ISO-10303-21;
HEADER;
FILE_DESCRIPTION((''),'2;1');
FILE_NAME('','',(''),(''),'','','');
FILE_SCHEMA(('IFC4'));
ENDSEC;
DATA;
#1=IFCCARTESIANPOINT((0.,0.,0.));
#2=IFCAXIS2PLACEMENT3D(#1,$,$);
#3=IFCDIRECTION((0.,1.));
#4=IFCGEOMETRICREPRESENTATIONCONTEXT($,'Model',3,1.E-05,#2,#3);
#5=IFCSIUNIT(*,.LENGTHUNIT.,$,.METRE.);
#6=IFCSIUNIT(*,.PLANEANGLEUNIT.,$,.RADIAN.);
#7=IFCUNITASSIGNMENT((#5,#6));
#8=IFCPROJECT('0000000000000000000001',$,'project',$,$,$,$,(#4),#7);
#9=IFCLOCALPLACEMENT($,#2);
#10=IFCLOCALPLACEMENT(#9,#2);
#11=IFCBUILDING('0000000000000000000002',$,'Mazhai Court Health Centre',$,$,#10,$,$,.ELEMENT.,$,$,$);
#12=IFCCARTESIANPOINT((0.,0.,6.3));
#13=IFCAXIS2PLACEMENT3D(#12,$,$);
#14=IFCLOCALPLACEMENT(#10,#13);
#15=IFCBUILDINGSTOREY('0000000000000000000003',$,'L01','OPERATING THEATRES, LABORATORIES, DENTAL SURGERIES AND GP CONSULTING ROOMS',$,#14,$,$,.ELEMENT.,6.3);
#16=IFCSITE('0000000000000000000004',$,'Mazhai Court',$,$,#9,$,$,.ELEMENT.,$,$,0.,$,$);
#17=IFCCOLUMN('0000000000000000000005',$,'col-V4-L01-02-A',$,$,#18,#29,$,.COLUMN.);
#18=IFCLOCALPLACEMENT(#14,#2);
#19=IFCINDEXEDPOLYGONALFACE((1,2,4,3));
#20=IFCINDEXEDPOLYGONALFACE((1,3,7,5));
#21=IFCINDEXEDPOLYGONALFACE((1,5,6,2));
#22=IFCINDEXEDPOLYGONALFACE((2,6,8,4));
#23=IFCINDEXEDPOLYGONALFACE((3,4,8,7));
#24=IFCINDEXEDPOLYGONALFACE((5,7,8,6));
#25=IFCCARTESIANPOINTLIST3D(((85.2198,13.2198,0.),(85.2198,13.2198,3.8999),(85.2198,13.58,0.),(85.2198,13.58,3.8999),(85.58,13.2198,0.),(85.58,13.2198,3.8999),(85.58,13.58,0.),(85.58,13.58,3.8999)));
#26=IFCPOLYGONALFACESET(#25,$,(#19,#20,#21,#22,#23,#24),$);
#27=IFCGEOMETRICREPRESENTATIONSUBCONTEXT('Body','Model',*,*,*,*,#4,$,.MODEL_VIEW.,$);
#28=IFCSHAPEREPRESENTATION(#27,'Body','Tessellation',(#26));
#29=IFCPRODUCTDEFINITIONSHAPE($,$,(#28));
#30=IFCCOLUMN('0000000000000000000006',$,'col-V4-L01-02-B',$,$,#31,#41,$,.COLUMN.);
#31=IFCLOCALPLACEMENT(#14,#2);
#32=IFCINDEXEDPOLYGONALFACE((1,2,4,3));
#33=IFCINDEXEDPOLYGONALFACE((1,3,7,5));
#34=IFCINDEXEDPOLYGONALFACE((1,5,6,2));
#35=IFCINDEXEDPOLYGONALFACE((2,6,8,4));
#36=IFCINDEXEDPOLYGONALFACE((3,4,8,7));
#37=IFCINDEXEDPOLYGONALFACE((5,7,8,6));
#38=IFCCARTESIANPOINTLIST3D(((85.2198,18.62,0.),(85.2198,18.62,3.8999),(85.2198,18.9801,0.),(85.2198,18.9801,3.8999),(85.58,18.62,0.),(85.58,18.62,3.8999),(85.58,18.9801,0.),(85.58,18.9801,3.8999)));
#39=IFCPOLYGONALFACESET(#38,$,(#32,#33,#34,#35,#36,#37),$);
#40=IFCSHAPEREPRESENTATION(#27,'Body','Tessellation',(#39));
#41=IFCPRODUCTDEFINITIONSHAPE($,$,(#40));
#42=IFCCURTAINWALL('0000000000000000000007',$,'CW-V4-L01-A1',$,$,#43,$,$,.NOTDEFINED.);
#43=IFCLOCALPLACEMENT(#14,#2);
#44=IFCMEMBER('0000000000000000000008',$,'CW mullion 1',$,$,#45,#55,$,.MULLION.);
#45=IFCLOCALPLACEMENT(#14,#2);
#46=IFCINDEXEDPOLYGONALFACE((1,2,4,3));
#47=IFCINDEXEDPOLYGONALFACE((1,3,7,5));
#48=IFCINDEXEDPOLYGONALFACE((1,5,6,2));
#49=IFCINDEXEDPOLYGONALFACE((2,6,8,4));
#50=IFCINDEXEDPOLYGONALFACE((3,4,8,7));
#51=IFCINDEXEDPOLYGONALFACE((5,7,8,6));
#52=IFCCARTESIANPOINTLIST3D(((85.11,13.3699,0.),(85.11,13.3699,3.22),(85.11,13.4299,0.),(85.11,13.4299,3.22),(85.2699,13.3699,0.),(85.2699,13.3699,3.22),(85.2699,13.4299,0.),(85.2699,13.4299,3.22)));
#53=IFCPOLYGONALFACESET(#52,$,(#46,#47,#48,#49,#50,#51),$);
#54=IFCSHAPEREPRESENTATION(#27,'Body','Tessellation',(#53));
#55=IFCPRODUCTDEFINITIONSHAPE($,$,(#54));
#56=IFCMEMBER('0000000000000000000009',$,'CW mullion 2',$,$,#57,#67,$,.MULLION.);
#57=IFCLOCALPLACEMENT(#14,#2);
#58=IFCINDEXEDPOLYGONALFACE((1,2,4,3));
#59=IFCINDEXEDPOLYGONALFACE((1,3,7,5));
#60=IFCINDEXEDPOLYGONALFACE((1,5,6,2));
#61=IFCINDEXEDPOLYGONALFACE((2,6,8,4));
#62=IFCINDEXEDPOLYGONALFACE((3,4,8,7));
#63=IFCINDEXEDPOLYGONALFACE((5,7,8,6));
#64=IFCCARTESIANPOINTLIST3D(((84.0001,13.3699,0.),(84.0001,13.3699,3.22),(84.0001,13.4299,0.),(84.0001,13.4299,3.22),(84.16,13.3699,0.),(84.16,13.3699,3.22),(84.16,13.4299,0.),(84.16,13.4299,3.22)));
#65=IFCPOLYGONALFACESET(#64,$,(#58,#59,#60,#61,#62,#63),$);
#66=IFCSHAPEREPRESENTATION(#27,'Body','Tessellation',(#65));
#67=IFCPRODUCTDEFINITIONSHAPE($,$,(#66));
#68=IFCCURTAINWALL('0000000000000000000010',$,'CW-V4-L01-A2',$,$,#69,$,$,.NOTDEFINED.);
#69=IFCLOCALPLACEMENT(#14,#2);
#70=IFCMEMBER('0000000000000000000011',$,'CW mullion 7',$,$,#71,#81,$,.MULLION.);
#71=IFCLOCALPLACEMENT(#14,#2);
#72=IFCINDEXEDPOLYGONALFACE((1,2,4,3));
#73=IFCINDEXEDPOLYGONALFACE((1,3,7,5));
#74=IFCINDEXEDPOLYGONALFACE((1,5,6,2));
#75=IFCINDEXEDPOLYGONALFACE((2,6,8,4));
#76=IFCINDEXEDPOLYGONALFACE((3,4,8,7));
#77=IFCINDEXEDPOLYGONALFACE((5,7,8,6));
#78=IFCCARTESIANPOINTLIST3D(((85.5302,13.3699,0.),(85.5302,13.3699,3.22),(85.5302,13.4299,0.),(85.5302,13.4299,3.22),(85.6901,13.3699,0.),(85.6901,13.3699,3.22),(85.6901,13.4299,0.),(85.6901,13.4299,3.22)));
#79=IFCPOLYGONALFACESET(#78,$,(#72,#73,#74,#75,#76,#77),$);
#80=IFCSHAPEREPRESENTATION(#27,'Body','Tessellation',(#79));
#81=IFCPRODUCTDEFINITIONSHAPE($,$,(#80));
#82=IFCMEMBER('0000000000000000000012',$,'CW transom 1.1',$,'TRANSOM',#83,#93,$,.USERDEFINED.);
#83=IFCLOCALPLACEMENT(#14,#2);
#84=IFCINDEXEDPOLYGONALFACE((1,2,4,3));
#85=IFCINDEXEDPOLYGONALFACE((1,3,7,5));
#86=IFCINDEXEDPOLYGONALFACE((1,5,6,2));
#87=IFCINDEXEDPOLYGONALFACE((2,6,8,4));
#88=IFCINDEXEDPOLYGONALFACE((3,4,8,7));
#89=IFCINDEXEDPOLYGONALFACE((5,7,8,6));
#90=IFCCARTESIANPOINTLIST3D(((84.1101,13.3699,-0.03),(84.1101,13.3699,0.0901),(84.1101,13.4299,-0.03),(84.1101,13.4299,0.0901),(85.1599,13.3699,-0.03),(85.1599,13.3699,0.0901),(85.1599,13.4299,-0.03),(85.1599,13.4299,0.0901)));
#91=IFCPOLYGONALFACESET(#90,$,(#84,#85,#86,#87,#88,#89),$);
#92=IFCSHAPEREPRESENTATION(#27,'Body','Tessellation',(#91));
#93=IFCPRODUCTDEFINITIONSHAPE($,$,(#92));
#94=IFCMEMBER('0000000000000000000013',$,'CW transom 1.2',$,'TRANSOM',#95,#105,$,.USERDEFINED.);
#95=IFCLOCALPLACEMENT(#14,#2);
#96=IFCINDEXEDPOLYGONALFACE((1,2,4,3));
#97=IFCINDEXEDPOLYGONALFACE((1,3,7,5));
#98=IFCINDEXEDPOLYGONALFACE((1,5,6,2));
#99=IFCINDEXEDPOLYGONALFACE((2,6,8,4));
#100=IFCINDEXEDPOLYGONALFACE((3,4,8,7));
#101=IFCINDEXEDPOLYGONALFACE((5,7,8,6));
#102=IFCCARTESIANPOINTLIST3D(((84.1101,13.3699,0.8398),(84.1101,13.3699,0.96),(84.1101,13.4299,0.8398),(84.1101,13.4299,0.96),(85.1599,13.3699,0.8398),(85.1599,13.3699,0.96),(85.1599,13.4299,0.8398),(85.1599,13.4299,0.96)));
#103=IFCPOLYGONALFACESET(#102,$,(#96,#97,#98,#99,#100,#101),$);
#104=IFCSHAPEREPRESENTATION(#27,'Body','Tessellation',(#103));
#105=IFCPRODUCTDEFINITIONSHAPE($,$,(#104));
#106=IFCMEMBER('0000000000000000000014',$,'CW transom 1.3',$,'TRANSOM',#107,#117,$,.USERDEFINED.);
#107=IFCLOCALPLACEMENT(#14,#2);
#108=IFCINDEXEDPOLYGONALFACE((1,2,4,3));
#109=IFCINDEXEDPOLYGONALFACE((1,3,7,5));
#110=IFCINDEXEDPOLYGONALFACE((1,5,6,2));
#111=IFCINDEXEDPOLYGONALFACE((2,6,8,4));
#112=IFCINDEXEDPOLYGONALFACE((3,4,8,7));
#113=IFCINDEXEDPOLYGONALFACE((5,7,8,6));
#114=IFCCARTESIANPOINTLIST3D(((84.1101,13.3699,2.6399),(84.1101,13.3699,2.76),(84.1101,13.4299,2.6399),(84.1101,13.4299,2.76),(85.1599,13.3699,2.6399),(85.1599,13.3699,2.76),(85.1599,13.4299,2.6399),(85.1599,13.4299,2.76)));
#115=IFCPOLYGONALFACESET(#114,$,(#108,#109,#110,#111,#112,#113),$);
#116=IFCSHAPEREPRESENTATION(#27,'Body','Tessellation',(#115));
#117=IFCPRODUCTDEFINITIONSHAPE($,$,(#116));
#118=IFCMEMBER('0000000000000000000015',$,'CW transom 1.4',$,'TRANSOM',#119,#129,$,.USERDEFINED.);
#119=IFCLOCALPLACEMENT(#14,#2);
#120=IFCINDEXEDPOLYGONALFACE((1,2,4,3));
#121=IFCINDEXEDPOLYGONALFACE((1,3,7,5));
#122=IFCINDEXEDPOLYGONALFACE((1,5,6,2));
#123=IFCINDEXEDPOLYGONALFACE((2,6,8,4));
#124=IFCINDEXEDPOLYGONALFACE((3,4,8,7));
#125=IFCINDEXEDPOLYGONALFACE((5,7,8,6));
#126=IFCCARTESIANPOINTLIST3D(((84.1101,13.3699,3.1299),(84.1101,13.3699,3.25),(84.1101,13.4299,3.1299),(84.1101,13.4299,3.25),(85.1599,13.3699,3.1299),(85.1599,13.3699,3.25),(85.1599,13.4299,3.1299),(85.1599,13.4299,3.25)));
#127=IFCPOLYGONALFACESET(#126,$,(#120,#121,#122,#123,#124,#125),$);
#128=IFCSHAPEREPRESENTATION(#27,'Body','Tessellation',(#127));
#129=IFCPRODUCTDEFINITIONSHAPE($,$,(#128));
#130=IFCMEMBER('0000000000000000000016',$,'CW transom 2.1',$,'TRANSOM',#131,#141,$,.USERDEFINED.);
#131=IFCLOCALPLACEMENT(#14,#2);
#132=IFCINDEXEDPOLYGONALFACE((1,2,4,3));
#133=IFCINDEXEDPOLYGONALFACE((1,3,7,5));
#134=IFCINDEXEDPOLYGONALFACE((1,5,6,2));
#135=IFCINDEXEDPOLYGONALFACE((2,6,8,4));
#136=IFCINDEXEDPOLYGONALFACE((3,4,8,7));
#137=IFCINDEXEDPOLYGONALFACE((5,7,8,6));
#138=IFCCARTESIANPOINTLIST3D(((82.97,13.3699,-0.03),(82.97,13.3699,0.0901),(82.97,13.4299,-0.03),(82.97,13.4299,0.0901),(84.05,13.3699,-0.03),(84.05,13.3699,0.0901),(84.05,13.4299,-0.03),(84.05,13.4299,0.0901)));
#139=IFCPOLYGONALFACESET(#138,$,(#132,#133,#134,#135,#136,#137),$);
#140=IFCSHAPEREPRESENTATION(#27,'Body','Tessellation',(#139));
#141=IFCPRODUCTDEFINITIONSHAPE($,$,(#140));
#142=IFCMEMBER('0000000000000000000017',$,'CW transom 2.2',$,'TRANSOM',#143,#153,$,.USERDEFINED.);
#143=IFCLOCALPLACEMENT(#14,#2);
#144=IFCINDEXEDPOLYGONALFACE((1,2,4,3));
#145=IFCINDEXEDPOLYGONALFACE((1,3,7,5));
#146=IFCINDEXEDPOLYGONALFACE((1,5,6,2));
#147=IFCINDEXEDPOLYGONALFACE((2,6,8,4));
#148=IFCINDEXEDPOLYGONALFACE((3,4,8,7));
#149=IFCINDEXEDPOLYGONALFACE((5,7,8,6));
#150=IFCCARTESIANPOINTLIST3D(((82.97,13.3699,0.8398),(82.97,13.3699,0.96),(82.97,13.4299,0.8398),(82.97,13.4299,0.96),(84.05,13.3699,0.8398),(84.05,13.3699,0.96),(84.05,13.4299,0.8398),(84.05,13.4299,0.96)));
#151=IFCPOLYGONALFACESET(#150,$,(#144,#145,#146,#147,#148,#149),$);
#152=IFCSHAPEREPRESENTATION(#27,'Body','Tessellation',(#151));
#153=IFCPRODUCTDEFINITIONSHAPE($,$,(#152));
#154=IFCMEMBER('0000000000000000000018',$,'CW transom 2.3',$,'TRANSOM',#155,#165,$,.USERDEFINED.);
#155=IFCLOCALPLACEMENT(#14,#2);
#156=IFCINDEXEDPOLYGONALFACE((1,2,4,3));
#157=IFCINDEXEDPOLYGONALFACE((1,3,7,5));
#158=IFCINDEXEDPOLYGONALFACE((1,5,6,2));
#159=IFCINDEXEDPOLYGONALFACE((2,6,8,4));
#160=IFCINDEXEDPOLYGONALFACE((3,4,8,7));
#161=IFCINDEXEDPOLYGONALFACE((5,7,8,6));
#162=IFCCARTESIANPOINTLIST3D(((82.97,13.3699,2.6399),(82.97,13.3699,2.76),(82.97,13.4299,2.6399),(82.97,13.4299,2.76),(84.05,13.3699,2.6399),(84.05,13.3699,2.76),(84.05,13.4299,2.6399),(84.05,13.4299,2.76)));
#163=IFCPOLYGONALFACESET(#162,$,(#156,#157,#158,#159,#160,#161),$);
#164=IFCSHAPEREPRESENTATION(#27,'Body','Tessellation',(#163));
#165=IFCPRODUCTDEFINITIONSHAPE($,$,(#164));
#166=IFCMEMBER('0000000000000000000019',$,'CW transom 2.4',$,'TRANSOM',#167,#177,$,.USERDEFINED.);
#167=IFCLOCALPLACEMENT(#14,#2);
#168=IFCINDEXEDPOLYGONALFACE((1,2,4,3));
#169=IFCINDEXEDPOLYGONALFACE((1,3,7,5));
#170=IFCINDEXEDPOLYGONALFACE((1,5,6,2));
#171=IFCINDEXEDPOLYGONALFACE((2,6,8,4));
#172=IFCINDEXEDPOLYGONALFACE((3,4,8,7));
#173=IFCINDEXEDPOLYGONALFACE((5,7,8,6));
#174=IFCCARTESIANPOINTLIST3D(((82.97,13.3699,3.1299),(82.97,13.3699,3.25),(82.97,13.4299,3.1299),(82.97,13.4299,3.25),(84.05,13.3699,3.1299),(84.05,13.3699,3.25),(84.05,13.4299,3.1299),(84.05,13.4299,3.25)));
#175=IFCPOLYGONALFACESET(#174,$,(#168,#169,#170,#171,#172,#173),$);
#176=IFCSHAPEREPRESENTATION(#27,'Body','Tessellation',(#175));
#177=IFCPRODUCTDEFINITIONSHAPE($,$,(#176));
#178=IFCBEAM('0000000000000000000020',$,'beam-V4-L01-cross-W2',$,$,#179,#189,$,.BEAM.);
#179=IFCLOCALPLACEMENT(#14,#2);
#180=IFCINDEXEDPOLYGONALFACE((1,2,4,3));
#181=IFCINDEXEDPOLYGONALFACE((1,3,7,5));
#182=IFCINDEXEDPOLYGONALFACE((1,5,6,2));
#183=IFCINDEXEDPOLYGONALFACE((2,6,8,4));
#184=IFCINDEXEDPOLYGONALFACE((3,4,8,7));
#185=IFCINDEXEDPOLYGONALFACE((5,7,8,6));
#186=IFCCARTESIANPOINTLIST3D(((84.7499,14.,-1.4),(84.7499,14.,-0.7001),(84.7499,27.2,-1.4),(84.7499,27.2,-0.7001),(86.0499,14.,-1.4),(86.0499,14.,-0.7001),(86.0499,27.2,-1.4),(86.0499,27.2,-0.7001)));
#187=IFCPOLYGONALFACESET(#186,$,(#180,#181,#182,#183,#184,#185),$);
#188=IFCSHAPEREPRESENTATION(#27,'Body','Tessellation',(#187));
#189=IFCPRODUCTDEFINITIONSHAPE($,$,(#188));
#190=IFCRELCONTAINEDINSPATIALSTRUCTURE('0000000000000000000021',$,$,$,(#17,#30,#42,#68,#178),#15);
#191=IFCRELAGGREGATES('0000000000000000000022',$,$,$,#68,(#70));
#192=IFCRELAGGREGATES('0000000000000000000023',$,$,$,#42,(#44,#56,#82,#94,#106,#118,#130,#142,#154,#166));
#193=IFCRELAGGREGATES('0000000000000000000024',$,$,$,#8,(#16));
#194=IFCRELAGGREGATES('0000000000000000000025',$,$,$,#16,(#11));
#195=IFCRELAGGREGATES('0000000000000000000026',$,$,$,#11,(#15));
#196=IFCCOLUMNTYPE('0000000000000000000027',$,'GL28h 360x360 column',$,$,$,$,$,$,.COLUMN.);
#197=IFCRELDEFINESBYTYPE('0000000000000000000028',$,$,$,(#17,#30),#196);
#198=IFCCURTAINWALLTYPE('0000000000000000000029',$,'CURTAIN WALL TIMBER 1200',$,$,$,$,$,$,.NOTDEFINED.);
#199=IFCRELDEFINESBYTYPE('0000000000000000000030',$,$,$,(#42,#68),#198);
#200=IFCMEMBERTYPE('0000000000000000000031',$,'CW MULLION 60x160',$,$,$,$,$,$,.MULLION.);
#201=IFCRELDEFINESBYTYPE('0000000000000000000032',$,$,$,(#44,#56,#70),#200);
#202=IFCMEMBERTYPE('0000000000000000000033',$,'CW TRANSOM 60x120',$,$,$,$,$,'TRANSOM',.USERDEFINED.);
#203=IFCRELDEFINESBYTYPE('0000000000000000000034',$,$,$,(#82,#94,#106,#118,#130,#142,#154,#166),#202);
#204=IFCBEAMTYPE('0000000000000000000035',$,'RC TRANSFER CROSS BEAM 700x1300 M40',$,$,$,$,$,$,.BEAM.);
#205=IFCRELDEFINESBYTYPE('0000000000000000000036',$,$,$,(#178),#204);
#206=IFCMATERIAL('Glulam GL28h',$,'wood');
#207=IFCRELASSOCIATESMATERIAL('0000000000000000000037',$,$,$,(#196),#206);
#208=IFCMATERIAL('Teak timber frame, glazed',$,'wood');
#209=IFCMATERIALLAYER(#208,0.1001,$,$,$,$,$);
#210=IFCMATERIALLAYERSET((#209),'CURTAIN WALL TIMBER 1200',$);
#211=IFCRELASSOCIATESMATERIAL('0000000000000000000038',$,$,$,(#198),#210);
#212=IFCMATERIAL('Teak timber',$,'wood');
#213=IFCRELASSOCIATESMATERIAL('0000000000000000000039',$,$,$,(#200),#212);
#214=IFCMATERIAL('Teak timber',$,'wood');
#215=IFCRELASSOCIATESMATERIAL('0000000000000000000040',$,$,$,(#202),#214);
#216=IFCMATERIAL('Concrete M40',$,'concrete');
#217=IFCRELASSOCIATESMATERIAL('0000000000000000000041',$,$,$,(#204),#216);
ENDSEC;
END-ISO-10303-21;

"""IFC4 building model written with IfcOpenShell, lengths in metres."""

from ifc_helpers import new_model, si_unit, direction, frame, origin, origin_2d, place, context, subcontext, project, spatial, rectangle, extrude, material, layer, layer_set, material_profile, profile_set, type_object, element, aggregate, save


model = new_model("IFC4")

# Units and contexts
model_context = context("Model", 3, precision=1e-05, world=origin(), true_north=direction((0.0, 1.0)))
body_context = subcontext(model_context, "Body", "Model", "MODEL_VIEW")
ifc_project = project(units=[si_unit("LENGTHUNIT", "METRE"), si_unit("PLANEANGLEUNIT", "RADIAN")], contexts=[model_context])

# Site, building, storey
site_placement = place(None, origin())
site = spatial("IfcSite", under=ifc_project, at=site_placement, Name="Mazhai Court", CompositionType="ELEMENT", RefElevation=0.0)
building_placement = place(site_placement, origin())
building = spatial("IfcBuilding", under=site, at=building_placement, Name="Mazhai Court Health Centre", CompositionType="ELEMENT")
storey_placement = place(building_placement, frame((0.0, 0.0, 6.3)))
storey = spatial("IfcBuildingStorey", under=building, at=storey_placement, Name="L01", Description="OPERATING THEATRES, LABORATORIES, DENTAL SURGERIES AND GP CONSULTING ROOMS", CompositionType="ELEMENT", Elevation=6.3)

# Columns
ifc_material_1 = material(Name="Glulam GL28h", Category="wood")
ifc_material_profile_1 = material_profile(ifc_material_1, rectangle(XDim=0.3601, YDim=0.3601, at=origin_2d()), Name="GL28h 360x360")
ifc_profile_set_1 = profile_set([ifc_material_profile_1], Name="Glulam GL28h")
column_type = type_object("IfcColumnType", Name="GL28h 360x360 column", PredefinedType="COLUMN", material=ifc_profile_set_1)
for number, where, z_axis, x_axis, name in (
    (1, (85.3999, 13.3999, 0.0), (0.0, 0.0, 1.0), (1.0, 0.0, 0.0), "col-V4-L01-02-A"),
    (2, (85.3999, 18.8, 0.0), (0.0, 0.0, 1.0), (1.0, 0.0, 0.0), "col-V4-L01-02-B"),
):
    element("IfcColumn", number, at=place(storey_placement, frame(where, z_axis=z_axis, x_axis=x_axis)), inside=storey, type_object=column_type, Name=name, PredefinedType="COLUMN", context=body_context, shape_type="SweptSolid", body=[
        extrude(rectangle(XDim=0.3601, YDim=0.3601, at=origin_2d()), origin(), (0.0, 0.0, 1.0), 3.8999),
    ])

# Curtain wall, members
ifc_material_2 = material(Name="Teak timber frame, glazed", Category="wood")
ifc_layer_1 = layer(ifc_material_2, 0.1001)
ifc_layer_set_1 = layer_set([ifc_layer_1], Name="CURTAIN WALL TIMBER 1200")
curtain_wall_type = type_object("IfcCurtainWallType", Name="CURTAIN WALL TIMBER 1200", PredefinedType="NOTDEFINED", material=ifc_layer_set_1)
curtain_wall_1_placement = place(storey_placement, origin())
curtain_wall_1 = element("IfcCurtainWall", 3, at=curtain_wall_1_placement, inside=storey, type_object=curtain_wall_type, Name="CW-V4-L01-A1", PredefinedType="NOTDEFINED")
ifc_material_3 = material(Name="Teak timber", Category="wood")
ifc_material_profile_2 = material_profile(ifc_material_3, rectangle(XDim=0.0601, YDim=0.1599, at=origin_2d()), Name="CW MULLION 60x160")
ifc_profile_set_2 = profile_set([ifc_material_profile_2], Name="Teak timber")
member_type_1 = type_object("IfcMemberType", Name="CW MULLION 60x160", PredefinedType="MULLION", material=ifc_profile_set_2)
member_1_placement = place(storey_placement, frame((85.1899, 13.3999, 0.0), z_axis=(0.0, 0.0, 1.0), x_axis=(0.0, -1.0, 0.0)))
member_1 = element("IfcMember", 4, at=member_1_placement, type_object=member_type_1, Name="CW mullion 1", PredefinedType="MULLION", context=body_context, shape_type="SweptSolid", body=[
    extrude(rectangle(XDim=0.0601, YDim=0.1599, at=origin_2d()), origin(), (0.0, 0.0, 1.0), 3.22),
])
member_2_placement = place(storey_placement, frame((84.0801, 13.3999, 0.0), z_axis=(0.0, 0.0, 1.0), x_axis=(0.0, -1.0, 0.0)))
member_2 = element("IfcMember", 5, at=member_2_placement, type_object=member_type_1, Name="CW mullion 2", PredefinedType="MULLION", context=body_context, shape_type="SweptSolid", body=[
    extrude(rectangle(XDim=0.0601, YDim=0.1599, at=origin_2d()), origin(), (0.0, 0.0, 1.0), 3.22),
])

# Curtain wall, member
curtain_wall_2_placement = place(storey_placement, origin())
curtain_wall_2 = element("IfcCurtainWall", 6, at=curtain_wall_2_placement, inside=storey, type_object=curtain_wall_type, Name="CW-V4-L01-A2", PredefinedType="NOTDEFINED")
member_3_placement = place(storey_placement, frame((85.6101, 13.3999, 0.0), z_axis=(0.0, 0.0, 1.0), x_axis=(0.0, -1.0, 0.0)))
member_3 = element("IfcMember", 7, at=member_3_placement, type_object=member_type_1, Name="CW mullion 7", PredefinedType="MULLION", context=body_context, shape_type="SweptSolid", body=[
    extrude(rectangle(XDim=0.0601, YDim=0.1599, at=origin_2d()), origin(), (0.0, 0.0, 1.0), 3.22),
])
aggregate(curtain_wall_2, [member_3])

# Members
ifc_material_4 = material(Name="Teak timber", Category="wood")
ifc_material_profile_3 = material_profile(ifc_material_4, rectangle(XDim=0.0601, YDim=0.1201, at=origin_2d()), Name="CW TRANSOM 60x120")
ifc_profile_set_3 = profile_set([ifc_material_profile_3], Name="Teak timber")
member_type_2 = type_object("IfcMemberType", Name="CW TRANSOM 60x120", ElementType="TRANSOM", PredefinedType="USERDEFINED", material=ifc_profile_set_3)
member_4_placement = place(storey_placement, frame((85.1599, 13.3999, 0.03), z_axis=(-1.0, 0.0, 0.0), x_axis=(0.0, -1.0, 0.0)))
member_4 = element("IfcMember", 8, at=member_4_placement, type_object=member_type_2, Name="CW transom 1.1", ObjectType="TRANSOM", PredefinedType="USERDEFINED", context=body_context, shape_type="SweptSolid", body=[
    extrude(rectangle(XDim=0.0601, YDim=0.1201, at=origin_2d()), origin(), (0.0, 0.0, 1.0), 1.0498),
])
member_5_placement = place(storey_placement, frame((85.1599, 13.3999, 0.8999), z_axis=(-1.0, 0.0, 0.0), x_axis=(0.0, -1.0, 0.0)))
member_5 = element("IfcMember", 9, at=member_5_placement, type_object=member_type_2, Name="CW transom 1.2", ObjectType="TRANSOM", PredefinedType="USERDEFINED", context=body_context, shape_type="SweptSolid", body=[
    extrude(rectangle(XDim=0.0601, YDim=0.1201, at=origin_2d()), origin(), (0.0, 0.0, 1.0), 1.0498),
])
member_6_placement = place(storey_placement, frame((85.1599, 13.3999, 2.7), z_axis=(-1.0, 0.0, 0.0), x_axis=(0.0, -1.0, 0.0)))
member_6 = element("IfcMember", 10, at=member_6_placement, type_object=member_type_2, Name="CW transom 1.3", ObjectType="TRANSOM", PredefinedType="USERDEFINED", context=body_context, shape_type="SweptSolid", body=[
    extrude(rectangle(XDim=0.0601, YDim=0.1201, at=origin_2d()), origin(), (0.0, 0.0, 1.0), 1.0498),
])
member_7_placement = place(storey_placement, frame((85.1599, 13.3999, 3.1899), z_axis=(-1.0, 0.0, 0.0), x_axis=(0.0, -1.0, 0.0)))
member_7 = element("IfcMember", 11, at=member_7_placement, type_object=member_type_2, Name="CW transom 1.4", ObjectType="TRANSOM", PredefinedType="USERDEFINED", context=body_context, shape_type="SweptSolid", body=[
    extrude(rectangle(XDim=0.0601, YDim=0.1201, at=origin_2d()), origin(), (0.0, 0.0, 1.0), 1.0498),
])
member_8_placement = place(storey_placement, frame((84.05, 13.3999, 0.03), z_axis=(-1.0, 0.0, 0.0), x_axis=(0.0, -1.0, 0.0)))
member_8 = element("IfcMember", 12, at=member_8_placement, type_object=member_type_2, Name="CW transom 2.1", ObjectType="TRANSOM", PredefinedType="USERDEFINED", context=body_context, shape_type="SweptSolid", body=[
    extrude(rectangle(XDim=0.0601, YDim=0.1201, at=origin_2d()), origin(), (0.0, 0.0, 1.0), 1.0801),
])
member_9_placement = place(storey_placement, frame((84.05, 13.3999, 0.8999), z_axis=(-1.0, 0.0, 0.0), x_axis=(0.0, -1.0, 0.0)))
member_9 = element("IfcMember", 13, at=member_9_placement, type_object=member_type_2, Name="CW transom 2.2", ObjectType="TRANSOM", PredefinedType="USERDEFINED", context=body_context, shape_type="SweptSolid", body=[
    extrude(rectangle(XDim=0.0601, YDim=0.1201, at=origin_2d()), origin(), (0.0, 0.0, 1.0), 1.0801),
])
member_10_placement = place(storey_placement, frame((84.05, 13.3999, 2.7), z_axis=(-1.0, 0.0, 0.0), x_axis=(0.0, -1.0, 0.0)))
member_10 = element("IfcMember", 14, at=member_10_placement, type_object=member_type_2, Name="CW transom 2.3", ObjectType="TRANSOM", PredefinedType="USERDEFINED", context=body_context, shape_type="SweptSolid", body=[
    extrude(rectangle(XDim=0.0601, YDim=0.1201, at=origin_2d()), origin(), (0.0, 0.0, 1.0), 1.0801),
])
member_11_placement = place(storey_placement, frame((84.05, 13.3999, 3.1899), z_axis=(-1.0, 0.0, 0.0), x_axis=(0.0, -1.0, 0.0)))
member_11 = element("IfcMember", 15, at=member_11_placement, type_object=member_type_2, Name="CW transom 2.4", ObjectType="TRANSOM", PredefinedType="USERDEFINED", context=body_context, shape_type="SweptSolid", body=[
    extrude(rectangle(XDim=0.0601, YDim=0.1201, at=origin_2d()), origin(), (0.0, 0.0, 1.0), 1.0801),
])

# Beam
ifc_material_5 = material(Name="Concrete M40", Category="concrete")
ifc_material_profile_4 = material_profile(ifc_material_5, rectangle(XDim=0.7, YDim=1.3, at=origin_2d()), Name="RC 700x1300")
ifc_profile_set_4 = profile_set([ifc_material_profile_4], Name="Concrete M40")
beam_type = type_object("IfcBeamType", Name="RC TRANSFER CROSS BEAM 700x1300 M40", PredefinedType="BEAM", material=ifc_profile_set_4)
beam_placement = place(storey_placement, frame((85.3999, 14.0, -1.05), z_axis=(0.0, 1.0, 0.0), x_axis=(0.0, 0.0, 1.0)))
element("IfcBeam", 16, at=beam_placement, inside=storey, type_object=beam_type, Name="beam-V4-L01-cross-W2", PredefinedType="BEAM", context=body_context, shape_type="SweptSolid", body=[
    extrude(rectangle(XDim=0.7, YDim=1.3, at=origin_2d()), origin(), (0.0, 0.0, 1.0), 13.2),
])

aggregate(curtain_wall_1, [member_1, member_2, member_4, member_5, member_6, member_7, member_8, member_9, member_10, member_11])

save(model, "model.ifc")
